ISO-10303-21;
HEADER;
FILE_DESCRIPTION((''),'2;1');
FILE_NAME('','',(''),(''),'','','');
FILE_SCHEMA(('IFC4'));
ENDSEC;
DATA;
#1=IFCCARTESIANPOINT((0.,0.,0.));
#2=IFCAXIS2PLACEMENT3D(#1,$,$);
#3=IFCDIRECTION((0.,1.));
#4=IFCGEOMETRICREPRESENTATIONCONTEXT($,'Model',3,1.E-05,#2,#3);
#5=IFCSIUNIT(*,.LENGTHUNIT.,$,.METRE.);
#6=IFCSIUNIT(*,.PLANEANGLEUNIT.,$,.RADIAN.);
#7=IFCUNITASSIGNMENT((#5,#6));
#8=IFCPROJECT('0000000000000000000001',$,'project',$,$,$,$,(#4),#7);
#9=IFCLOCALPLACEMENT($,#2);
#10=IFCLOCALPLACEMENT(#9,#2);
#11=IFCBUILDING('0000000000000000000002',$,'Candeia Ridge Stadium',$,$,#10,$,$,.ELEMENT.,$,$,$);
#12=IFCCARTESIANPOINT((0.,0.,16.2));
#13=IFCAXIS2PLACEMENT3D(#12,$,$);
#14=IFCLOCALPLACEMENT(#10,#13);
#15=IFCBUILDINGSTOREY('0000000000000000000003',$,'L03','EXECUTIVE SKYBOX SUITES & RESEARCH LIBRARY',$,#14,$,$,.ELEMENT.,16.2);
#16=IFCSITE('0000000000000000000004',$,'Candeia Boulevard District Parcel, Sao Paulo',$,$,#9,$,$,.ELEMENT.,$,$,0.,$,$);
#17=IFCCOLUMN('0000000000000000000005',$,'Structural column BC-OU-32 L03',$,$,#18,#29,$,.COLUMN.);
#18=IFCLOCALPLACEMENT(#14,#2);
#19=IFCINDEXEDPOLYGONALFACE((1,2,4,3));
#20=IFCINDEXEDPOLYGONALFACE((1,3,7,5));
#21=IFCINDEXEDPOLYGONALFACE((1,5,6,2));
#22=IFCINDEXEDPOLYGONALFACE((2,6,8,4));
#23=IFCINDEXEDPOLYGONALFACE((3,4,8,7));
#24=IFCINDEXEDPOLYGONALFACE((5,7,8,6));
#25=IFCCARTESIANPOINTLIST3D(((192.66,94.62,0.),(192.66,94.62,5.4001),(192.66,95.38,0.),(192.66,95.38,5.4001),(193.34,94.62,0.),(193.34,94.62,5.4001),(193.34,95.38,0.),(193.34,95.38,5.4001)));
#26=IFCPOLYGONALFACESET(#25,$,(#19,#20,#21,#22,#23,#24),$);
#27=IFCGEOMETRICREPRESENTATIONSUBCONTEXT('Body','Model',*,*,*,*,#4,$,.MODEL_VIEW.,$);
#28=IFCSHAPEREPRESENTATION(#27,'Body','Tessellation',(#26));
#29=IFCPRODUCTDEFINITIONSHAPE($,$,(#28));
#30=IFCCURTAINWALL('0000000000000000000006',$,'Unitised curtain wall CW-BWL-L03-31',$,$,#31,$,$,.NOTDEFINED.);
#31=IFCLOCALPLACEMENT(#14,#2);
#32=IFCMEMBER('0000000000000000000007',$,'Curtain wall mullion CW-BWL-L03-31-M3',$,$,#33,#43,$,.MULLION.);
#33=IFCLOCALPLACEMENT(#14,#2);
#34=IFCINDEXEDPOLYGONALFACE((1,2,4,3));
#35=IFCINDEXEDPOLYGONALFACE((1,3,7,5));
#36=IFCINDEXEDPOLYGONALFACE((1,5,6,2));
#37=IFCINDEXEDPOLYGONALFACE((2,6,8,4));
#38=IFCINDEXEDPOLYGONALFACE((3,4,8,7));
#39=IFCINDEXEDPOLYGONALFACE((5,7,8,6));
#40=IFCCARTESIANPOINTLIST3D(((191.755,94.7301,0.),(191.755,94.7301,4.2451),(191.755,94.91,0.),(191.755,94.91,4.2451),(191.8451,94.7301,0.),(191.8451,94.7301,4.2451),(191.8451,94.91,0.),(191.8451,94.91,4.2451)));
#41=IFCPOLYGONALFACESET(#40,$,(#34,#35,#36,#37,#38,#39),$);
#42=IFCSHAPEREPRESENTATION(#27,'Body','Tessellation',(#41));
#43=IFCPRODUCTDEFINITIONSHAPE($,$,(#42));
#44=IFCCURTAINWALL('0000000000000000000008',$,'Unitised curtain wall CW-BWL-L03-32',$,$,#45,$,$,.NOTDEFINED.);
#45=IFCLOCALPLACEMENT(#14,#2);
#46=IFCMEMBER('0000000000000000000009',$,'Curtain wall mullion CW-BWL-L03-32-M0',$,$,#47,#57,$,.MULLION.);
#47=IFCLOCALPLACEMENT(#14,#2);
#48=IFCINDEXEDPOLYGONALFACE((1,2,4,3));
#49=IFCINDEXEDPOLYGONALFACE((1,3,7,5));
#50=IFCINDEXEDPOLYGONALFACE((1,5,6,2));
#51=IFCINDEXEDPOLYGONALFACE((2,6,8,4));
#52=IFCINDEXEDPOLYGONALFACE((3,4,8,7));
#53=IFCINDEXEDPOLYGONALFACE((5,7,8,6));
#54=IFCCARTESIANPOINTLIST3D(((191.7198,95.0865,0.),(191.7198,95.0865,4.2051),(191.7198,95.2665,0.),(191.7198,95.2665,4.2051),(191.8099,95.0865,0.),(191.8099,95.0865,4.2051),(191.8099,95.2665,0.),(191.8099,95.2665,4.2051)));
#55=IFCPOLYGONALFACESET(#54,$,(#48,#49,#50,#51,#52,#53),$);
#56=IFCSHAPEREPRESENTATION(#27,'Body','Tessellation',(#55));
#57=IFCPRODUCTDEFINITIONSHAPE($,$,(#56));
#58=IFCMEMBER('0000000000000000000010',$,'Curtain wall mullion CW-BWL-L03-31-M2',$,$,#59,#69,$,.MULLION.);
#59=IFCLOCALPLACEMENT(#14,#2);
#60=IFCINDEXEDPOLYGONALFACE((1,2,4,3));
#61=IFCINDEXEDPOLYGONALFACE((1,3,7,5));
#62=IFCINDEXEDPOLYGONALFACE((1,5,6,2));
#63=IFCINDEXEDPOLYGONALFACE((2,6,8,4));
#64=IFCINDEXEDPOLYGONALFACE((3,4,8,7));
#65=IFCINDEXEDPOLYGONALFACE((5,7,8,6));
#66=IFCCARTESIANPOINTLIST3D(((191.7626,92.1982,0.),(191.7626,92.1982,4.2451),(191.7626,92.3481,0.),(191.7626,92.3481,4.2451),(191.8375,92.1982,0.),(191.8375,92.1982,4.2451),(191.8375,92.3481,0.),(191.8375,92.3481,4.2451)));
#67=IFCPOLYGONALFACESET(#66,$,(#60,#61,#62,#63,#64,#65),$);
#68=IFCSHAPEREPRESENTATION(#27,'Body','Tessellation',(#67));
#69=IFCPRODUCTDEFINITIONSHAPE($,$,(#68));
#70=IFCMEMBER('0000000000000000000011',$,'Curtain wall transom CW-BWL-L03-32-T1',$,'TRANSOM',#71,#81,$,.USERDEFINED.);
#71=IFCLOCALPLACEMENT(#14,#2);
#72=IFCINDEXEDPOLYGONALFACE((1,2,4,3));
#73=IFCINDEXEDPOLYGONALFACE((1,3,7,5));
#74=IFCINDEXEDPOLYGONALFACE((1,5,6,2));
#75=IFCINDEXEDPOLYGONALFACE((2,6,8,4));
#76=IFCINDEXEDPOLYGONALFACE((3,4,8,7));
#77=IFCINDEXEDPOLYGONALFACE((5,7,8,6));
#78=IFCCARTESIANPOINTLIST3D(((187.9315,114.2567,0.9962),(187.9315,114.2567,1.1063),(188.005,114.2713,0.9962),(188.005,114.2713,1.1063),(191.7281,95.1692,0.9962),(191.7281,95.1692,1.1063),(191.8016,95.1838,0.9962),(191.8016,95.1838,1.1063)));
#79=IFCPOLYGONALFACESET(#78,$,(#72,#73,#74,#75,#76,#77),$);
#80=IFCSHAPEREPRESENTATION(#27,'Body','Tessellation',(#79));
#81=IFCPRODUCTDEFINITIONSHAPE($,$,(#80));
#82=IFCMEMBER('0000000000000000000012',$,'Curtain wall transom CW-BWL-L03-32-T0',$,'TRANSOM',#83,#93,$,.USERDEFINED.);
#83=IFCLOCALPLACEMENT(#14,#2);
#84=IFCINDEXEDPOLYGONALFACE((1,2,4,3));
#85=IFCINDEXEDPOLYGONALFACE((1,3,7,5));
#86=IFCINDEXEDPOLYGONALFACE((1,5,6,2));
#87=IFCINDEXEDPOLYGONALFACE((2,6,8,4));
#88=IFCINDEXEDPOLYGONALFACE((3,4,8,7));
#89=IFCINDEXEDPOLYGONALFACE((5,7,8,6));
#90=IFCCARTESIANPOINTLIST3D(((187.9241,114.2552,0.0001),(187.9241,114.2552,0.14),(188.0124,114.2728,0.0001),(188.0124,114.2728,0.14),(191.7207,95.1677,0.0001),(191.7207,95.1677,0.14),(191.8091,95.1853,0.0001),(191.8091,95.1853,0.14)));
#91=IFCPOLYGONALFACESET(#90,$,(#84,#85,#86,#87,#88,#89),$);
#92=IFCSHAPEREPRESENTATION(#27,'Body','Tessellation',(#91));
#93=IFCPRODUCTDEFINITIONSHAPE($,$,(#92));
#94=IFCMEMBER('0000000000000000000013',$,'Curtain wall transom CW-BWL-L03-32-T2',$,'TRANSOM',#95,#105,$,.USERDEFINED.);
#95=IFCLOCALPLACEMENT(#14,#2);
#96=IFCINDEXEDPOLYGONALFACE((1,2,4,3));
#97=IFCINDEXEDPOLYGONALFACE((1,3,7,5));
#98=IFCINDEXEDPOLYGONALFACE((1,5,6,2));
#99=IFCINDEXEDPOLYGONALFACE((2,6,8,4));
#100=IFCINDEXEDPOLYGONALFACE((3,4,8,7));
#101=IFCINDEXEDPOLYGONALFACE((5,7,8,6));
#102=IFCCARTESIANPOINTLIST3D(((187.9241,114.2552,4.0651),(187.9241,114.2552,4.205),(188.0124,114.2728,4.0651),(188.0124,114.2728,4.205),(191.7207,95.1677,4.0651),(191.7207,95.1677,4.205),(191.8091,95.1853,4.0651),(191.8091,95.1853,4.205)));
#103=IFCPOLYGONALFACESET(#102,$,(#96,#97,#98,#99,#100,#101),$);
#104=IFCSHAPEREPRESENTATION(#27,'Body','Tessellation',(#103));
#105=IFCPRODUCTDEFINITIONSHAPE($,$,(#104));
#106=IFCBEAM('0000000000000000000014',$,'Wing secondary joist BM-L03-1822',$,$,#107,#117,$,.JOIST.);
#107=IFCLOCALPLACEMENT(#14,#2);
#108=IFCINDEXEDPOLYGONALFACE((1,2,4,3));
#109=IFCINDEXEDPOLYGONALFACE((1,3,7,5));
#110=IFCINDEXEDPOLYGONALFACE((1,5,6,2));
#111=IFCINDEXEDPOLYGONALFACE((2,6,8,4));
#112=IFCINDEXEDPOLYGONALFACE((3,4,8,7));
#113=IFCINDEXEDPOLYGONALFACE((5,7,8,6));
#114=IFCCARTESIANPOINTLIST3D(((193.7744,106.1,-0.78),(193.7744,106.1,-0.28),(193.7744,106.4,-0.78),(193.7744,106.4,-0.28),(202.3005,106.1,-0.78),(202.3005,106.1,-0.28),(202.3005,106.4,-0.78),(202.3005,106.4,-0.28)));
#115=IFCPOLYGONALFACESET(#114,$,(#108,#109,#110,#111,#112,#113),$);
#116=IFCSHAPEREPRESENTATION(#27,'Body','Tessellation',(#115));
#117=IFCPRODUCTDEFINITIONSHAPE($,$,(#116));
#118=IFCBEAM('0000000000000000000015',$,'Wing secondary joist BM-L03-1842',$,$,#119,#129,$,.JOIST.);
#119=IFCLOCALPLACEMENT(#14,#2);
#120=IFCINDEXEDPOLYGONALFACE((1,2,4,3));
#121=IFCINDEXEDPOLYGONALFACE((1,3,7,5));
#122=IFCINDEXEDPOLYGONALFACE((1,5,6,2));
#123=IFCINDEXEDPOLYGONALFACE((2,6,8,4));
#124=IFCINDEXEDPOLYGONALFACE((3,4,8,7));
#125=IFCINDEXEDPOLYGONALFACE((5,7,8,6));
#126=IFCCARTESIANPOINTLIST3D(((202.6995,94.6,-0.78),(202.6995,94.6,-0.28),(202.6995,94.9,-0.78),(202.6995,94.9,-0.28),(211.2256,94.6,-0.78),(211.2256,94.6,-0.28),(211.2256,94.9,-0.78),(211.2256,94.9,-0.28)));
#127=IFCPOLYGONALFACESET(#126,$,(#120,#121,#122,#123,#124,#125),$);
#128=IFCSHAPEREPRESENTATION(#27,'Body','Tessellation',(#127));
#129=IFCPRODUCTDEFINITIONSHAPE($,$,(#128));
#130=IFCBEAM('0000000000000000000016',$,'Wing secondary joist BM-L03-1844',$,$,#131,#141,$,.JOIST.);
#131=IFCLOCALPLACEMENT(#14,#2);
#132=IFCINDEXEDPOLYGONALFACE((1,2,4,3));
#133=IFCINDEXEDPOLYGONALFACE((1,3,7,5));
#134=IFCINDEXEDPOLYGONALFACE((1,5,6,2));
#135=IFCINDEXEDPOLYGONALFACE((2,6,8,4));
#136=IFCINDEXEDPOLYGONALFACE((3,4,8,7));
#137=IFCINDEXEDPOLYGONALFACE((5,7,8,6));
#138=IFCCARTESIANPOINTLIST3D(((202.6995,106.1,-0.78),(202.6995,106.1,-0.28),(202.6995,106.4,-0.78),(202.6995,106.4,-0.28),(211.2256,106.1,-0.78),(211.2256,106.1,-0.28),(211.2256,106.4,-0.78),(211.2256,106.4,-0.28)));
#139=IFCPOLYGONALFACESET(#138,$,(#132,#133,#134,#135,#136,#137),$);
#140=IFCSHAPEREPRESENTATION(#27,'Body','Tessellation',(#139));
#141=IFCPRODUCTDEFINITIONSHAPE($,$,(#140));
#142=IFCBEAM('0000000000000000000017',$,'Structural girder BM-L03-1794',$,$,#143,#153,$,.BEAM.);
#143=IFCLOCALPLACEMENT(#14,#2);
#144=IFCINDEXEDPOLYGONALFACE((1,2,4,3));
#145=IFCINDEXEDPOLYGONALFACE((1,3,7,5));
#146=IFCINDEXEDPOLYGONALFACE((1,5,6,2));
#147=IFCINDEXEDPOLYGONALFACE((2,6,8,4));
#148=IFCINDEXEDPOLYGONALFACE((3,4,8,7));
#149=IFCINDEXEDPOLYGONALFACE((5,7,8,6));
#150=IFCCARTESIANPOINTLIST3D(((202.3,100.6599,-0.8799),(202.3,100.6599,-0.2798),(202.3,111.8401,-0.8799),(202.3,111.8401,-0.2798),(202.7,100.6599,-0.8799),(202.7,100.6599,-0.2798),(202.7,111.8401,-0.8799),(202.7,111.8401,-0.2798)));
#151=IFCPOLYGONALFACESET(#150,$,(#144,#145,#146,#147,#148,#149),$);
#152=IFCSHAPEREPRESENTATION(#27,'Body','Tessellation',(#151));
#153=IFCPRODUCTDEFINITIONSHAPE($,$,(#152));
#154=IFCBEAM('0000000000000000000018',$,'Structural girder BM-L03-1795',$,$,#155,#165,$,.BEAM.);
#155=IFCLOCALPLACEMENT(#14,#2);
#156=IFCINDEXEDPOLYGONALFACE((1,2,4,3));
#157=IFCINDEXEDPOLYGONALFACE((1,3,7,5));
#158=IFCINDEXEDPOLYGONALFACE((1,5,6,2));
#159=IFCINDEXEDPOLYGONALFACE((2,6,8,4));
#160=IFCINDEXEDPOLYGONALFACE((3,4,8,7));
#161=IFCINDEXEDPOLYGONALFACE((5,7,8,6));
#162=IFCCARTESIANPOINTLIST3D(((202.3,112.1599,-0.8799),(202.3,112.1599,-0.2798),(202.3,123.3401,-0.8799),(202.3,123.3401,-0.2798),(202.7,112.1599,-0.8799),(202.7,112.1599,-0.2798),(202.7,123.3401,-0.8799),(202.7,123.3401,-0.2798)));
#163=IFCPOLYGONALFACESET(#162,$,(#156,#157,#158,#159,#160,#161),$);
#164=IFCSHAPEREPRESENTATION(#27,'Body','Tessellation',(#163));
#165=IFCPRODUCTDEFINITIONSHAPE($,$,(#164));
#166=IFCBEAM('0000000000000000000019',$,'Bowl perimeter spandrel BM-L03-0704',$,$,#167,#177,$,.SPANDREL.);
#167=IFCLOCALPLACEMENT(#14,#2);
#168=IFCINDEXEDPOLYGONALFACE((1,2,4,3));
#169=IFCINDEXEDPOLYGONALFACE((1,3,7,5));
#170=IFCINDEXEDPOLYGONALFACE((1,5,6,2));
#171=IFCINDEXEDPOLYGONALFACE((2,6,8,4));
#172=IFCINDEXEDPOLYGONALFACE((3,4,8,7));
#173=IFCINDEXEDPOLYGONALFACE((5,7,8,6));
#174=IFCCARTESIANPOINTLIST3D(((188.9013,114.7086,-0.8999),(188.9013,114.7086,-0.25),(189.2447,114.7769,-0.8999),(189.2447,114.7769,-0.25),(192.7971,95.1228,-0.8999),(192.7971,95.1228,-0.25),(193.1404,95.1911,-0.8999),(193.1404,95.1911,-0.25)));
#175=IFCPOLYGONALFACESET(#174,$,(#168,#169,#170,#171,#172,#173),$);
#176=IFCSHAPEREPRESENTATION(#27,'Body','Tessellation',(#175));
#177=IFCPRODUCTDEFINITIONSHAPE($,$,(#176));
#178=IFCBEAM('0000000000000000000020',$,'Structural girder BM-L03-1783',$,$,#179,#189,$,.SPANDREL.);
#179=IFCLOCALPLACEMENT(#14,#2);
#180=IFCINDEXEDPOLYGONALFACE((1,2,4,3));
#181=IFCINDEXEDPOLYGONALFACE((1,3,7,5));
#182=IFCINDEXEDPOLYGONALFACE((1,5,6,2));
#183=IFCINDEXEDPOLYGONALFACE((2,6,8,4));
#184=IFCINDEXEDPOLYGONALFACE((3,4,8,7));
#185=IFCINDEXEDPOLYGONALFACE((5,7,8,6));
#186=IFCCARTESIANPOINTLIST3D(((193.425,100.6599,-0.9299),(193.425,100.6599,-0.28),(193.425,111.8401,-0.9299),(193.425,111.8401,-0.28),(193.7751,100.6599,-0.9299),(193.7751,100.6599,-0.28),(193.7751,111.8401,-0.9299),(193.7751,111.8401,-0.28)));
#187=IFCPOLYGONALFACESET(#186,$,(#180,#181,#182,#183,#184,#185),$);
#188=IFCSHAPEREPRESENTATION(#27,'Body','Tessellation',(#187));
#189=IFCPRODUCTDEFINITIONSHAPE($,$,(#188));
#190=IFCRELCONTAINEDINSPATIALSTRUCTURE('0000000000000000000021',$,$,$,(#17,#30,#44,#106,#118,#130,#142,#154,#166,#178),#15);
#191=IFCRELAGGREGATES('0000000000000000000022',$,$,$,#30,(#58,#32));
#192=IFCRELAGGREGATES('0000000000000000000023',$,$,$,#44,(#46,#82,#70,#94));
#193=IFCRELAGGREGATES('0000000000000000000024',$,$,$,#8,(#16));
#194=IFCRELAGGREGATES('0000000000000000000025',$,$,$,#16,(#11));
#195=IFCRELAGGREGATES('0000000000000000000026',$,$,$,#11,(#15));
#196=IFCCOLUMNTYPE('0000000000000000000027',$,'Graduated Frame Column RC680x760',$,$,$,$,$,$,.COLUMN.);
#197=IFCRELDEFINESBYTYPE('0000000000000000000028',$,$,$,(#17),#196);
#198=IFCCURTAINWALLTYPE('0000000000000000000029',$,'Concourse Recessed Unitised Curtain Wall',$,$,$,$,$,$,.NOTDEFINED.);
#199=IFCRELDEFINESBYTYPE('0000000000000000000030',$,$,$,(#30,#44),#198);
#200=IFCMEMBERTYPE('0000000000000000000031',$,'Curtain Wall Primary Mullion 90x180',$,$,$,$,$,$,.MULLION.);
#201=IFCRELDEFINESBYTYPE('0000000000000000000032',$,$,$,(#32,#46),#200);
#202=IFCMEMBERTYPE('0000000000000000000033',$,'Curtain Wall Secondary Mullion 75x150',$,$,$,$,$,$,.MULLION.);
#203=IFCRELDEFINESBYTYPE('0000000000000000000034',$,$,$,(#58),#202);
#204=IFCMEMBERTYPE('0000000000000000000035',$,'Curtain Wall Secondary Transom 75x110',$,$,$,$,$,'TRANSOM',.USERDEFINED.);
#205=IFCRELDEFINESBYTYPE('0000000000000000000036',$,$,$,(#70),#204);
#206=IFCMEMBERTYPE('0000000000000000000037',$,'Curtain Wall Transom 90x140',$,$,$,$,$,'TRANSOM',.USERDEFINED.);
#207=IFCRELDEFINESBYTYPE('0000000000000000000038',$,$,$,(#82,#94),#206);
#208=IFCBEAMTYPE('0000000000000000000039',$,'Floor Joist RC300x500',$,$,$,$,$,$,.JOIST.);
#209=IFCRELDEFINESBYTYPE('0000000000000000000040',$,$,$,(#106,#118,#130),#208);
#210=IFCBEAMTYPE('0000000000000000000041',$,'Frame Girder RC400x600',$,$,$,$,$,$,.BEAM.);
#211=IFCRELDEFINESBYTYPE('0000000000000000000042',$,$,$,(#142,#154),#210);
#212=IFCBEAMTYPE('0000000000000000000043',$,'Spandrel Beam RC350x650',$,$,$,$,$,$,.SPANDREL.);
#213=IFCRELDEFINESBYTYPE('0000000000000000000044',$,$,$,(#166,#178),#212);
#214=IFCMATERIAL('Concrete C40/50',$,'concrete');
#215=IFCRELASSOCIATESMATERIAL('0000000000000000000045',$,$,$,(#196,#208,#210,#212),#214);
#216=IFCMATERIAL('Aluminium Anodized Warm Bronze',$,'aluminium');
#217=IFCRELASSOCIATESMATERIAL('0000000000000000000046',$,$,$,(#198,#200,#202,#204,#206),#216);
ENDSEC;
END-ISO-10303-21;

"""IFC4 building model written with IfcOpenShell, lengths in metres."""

from ifc_helpers import new_model, si_unit, direction, frame, origin, origin_2d, place, context, subcontext, project, spatial, rectangle, extrude, material, material_profile, profile_set, type_object, element, aggregate, save


model = new_model("IFC4")

# Units and contexts
model_context = context("Model", 3, precision=1e-05, world=origin(), true_north=direction((0.0, 1.0)))
body_context = subcontext(model_context, "Body", "Model", "MODEL_VIEW")
ifc_project = project(units=[si_unit("LENGTHUNIT", "METRE"), si_unit("PLANEANGLEUNIT", "RADIAN")], contexts=[model_context])

# Site, building, storey
site_placement = place(None, origin())
site = spatial("IfcSite", under=ifc_project, at=site_placement, Name="Candeia Boulevard District Parcel, Sao Paulo", CompositionType="ELEMENT", RefElevation=0.0)
building_placement = place(site_placement, origin())
building = spatial("IfcBuilding", under=site, at=building_placement, Name="Candeia Ridge Stadium", CompositionType="ELEMENT")
storey_placement = place(building_placement, frame((0.0, 0.0, 16.2)))
storey = spatial("IfcBuildingStorey", under=building, at=storey_placement, Name="L03", Description="EXECUTIVE SKYBOX SUITES & RESEARCH LIBRARY", CompositionType="ELEMENT", Elevation=16.2)

# Column
ifc_material_1 = material(Name="Concrete C40/50", Category="concrete")
ifc_material_profile_1 = material_profile(ifc_material_1, rectangle(XDim=0.6799, YDim=0.76, at=origin_2d()), Name="RC680x760", Category="concrete")
ifc_profile_set_1 = profile_set([ifc_material_profile_1], Name="Concrete C40/50")
column_type = type_object("IfcColumnType", Name="Graduated Frame Column RC680x760", PredefinedType="COLUMN", material=ifc_profile_set_1)
column_placement = place(storey_placement, frame((193.0, 95.0, 0.0), z_axis=(0.0, 0.0, 1.0), x_axis=(1.0, 0.0, 0.0)))
element("IfcColumn", 1, at=column_placement, inside=storey, type_object=column_type, Name="Structural column BC-OU-32 L03", PredefinedType="COLUMN", context=body_context, shape_type="SweptSolid", body=[
    extrude(rectangle(XDim=0.6799, YDim=0.76, at=origin_2d()), origin(), (0.0, 0.0, 1.0), 5.4001),
])

# Curtain walls, members
ifc_material_2 = material(Name="Aluminium Anodized Warm Bronze", Category="aluminium")
curtain_wall_type = type_object("IfcCurtainWallType", Name="Concourse Recessed Unitised Curtain Wall", PredefinedType="NOTDEFINED", material=ifc_material_2)
curtain_wall_1_placement = place(storey_placement, origin())
curtain_wall_1 = element("IfcCurtainWall", 2, at=curtain_wall_1_placement, inside=storey, type_object=curtain_wall_type, Name="Unitised curtain wall CW-BWL-L03-31", PredefinedType="NOTDEFINED")
ifc_material_profile_2 = material_profile(ifc_material_2, rectangle(XDim=0.0901, YDim=0.1799, at=origin_2d()), Name="CWM-90x180", Category="aluminium")
ifc_profile_set_2 = profile_set([ifc_material_profile_2], Name="Aluminium Anodized Warm Bronze")
member_type_1 = type_object("IfcMemberType", Name="Curtain Wall Primary Mullion 90x180", PredefinedType="MULLION", material=ifc_profile_set_2)
member_1_placement = place(storey_placement, frame((191.8, 94.8201, 0.0), z_axis=(0.0, 0.0, 1.0), x_axis=(1.0, 0.0, 0.0)))
member_1 = element("IfcMember", 3, at=member_1_placement, type_object=member_type_1, Name="Curtain wall mullion CW-BWL-L03-31-M3", PredefinedType="MULLION", context=body_context, shape_type="SweptSolid", body=[
    extrude(rectangle(XDim=0.0901, YDim=0.1799, at=origin_2d()), origin(), (0.0, 0.0, 1.0), 4.2451),
])
curtain_wall_2_placement = place(storey_placement, origin())
curtain_wall_2 = element("IfcCurtainWall", 4, at=curtain_wall_2_placement, inside=storey, type_object=curtain_wall_type, Name="Unitised curtain wall CW-BWL-L03-32", PredefinedType="NOTDEFINED")
member_2_placement = place(storey_placement, frame((191.7649, 95.1765, 0.0), z_axis=(0.0, 0.0, 1.0), x_axis=(1.0, 0.0, 0.0)))
member_2 = element("IfcMember", 5, at=member_2_placement, type_object=member_type_1, Name="Curtain wall mullion CW-BWL-L03-32-M0", PredefinedType="MULLION", context=body_context, shape_type="SweptSolid", body=[
    extrude(rectangle(XDim=0.0901, YDim=0.1799, at=origin_2d()), origin(), (0.0, 0.0, 1.0), 4.2051),
])

# Members
ifc_material_profile_3 = material_profile(ifc_material_2, rectangle(XDim=0.075, YDim=0.1499, at=origin_2d()), Name="CWM-75x150", Category="aluminium")
ifc_profile_set_3 = profile_set([ifc_material_profile_3], Name="Aluminium Anodized Warm Bronze")
member_type_2 = type_object("IfcMemberType", Name="Curtain Wall Secondary Mullion 75x150", PredefinedType="MULLION", material=ifc_profile_set_3)
member_3_placement = place(storey_placement, frame((191.8, 92.2732, 0.0), z_axis=(0.0, 0.0, 1.0), x_axis=(1.0, 0.0, 0.0)))
member_3 = element("IfcMember", 6, at=member_3_placement, type_object=member_type_2, Name="Curtain wall mullion CW-BWL-L03-31-M2", PredefinedType="MULLION", context=body_context, shape_type="SweptSolid", body=[
    extrude(rectangle(XDim=0.075, YDim=0.1499, at=origin_2d()), origin(), (0.0, 0.0, 1.0), 4.2451),
])
ifc_material_profile_4 = material_profile(ifc_material_2, rectangle(XDim=0.075, YDim=0.1101, at=origin_2d()), Name="CWT-75x110", Category="aluminium")
ifc_profile_set_4 = profile_set([ifc_material_profile_4], Name="Aluminium Anodized Warm Bronze")
member_type_3 = type_object("IfcMemberType", Name="Curtain Wall Secondary Transom 75x110", ElementType="TRANSOM", PredefinedType="USERDEFINED", material=ifc_profile_set_4)
member_4_placement = place(storey_placement, frame((191.7649, 95.1765, 1.0513), z_axis=(-0.195086, 0.980786, 0.0), x_axis=(-0.980786, -0.195086, 0.0)))
member_4 = element("IfcMember", 7, at=member_4_placement, type_object=member_type_3, Name="Curtain wall transom CW-BWL-L03-32-T1", ObjectType="TRANSOM", PredefinedType="USERDEFINED", context=body_context, shape_type="SweptSolid", body=[
    extrude(rectangle(XDim=0.075, YDim=0.1101, at=origin_2d()), origin(), (0.0, 0.0, 1.0), 19.4614),
])
ifc_material_profile_5 = material_profile(ifc_material_2, rectangle(XDim=0.0901, YDim=0.1399, at=origin_2d()), Name="CWT-90x140", Category="aluminium")
ifc_profile_set_5 = profile_set([ifc_material_profile_5], Name="Aluminium Anodized Warm Bronze")
member_type_4 = type_object("IfcMemberType", Name="Curtain Wall Transom 90x140", ElementType="TRANSOM", PredefinedType="USERDEFINED", material=ifc_profile_set_5)
member_5_placement = place(storey_placement, frame((191.7649, 95.1765, 0.0701), z_axis=(-0.195086, 0.980786, 0.0), x_axis=(-0.980786, -0.195086, 0.0)))
member_5 = element("IfcMember", 8, at=member_5_placement, type_object=member_type_4, Name="Curtain wall transom CW-BWL-L03-32-T0", ObjectType="TRANSOM", PredefinedType="USERDEFINED", context=body_context, shape_type="SweptSolid", body=[
    extrude(rectangle(XDim=0.0901, YDim=0.1399, at=origin_2d()), origin(), (0.0, 0.0, 1.0), 19.4614),
])
member_6_placement = place(storey_placement, frame((191.7649, 95.1765, 4.135), z_axis=(-0.195086, 0.980786, 0.0), x_axis=(-0.980786, -0.195086, 0.0)))
member_6 = element("IfcMember", 9, at=member_6_placement, type_object=member_type_4, Name="Curtain wall transom CW-BWL-L03-32-T2", ObjectType="TRANSOM", PredefinedType="USERDEFINED", context=body_context, shape_type="SweptSolid", body=[
    extrude(rectangle(XDim=0.0901, YDim=0.1399, at=origin_2d()), origin(), (0.0, 0.0, 1.0), 19.4614),
])

# Beams
ifc_material_profile_6 = material_profile(ifc_material_1, rectangle(XDim=0.3, YDim=0.5, at=origin_2d()), Name="RC300x500", Category="concrete")
ifc_profile_set_6 = profile_set([ifc_material_profile_6], Name="Concrete C40/50")
beam_type_1 = type_object("IfcBeamType", Name="Floor Joist RC300x500", PredefinedType="JOIST", material=ifc_profile_set_6)
for number, where, z_axis, x_axis, name in (
    (10, (193.7744, 106.25, -0.53), (1.0, 0.0, 0.0), (0.0, 1.0, 0.0), "Wing secondary joist BM-L03-1822"),
    (11, (202.6995, 94.75, -0.53), (1.0, 0.0, 0.0), (0.0, 1.0, 0.0), "Wing secondary joist BM-L03-1842"),
    (12, (202.6995, 106.25, -0.53), (1.0, 0.0, 0.0), (0.0, 1.0, 0.0), "Wing secondary joist BM-L03-1844"),
):
    element("IfcBeam", number, at=place(storey_placement, frame(where, z_axis=z_axis, x_axis=x_axis)), inside=storey, type_object=beam_type_1, Name=name, PredefinedType="JOIST", context=body_context, shape_type="SweptSolid", body=[
        extrude(rectangle(XDim=0.3, YDim=0.5, at=origin_2d()), origin(), (0.0, 0.0, 1.0), 8.5261),
    ])
ifc_material_profile_7 = material_profile(ifc_material_1, rectangle(XDim=0.3999, YDim=0.6001, at=origin_2d()), Name="RC400x600", Category="concrete")
ifc_profile_set_7 = profile_set([ifc_material_profile_7], Name="Concrete C40/50")
beam_type_2 = type_object("IfcBeamType", Name="Frame Girder RC400x600", PredefinedType="BEAM", material=ifc_profile_set_7)
for number, where, z_axis, x_axis, name in (
    (13, (202.5, 100.6599, -0.5798), (0.0, 1.0, 0.0), (-1.0, 0.0, 0.0), "Structural girder BM-L03-1794"),
    (14, (202.5, 112.1599, -0.5798), (0.0, 1.0, 0.0), (-1.0, 0.0, 0.0), "Structural girder BM-L03-1795"),
):
    element("IfcBeam", number, at=place(storey_placement, frame(where, z_axis=z_axis, x_axis=x_axis)), inside=storey, type_object=beam_type_2, Name=name, PredefinedType="BEAM", context=body_context, shape_type="SweptSolid", body=[
        extrude(rectangle(XDim=0.3999, YDim=0.6001, at=origin_2d()), origin(), (0.0, 0.0, 1.0), 11.1802),
    ])
ifc_material_profile_8 = material_profile(ifc_material_1, rectangle(XDim=0.3501, YDim=0.6499, at=origin_2d()), Name="RC350x650", Category="concrete")
ifc_profile_set_8 = profile_set([ifc_material_profile_8], Name="Concrete C40/50")
beam_type_3 = type_object("IfcBeamType", Name="Spandrel Beam RC350x650", PredefinedType="SPANDREL", material=ifc_profile_set_8)
beam_placement = place(storey_placement, frame((192.9688, 95.157, -0.575), z_axis=(-0.195086, 0.980786, 0.0), x_axis=(-0.980786, -0.195086, 0.0)))
element("IfcBeam", 15, at=beam_placement, inside=storey, type_object=beam_type_3, Name="Bowl perimeter spandrel BM-L03-0704", PredefinedType="SPANDREL", context=body_context, shape_type="SweptSolid", body=[
    extrude(rectangle(XDim=0.3501, YDim=0.6499, at=origin_2d()), origin(), (0.0, 0.0, 1.0), 19.9695),
])
for number, where, z_axis, x_axis, name in (
    (16, (193.6001, 100.6599, -0.605), (0.0, 1.0, 0.0), (-1.0, 0.0, 0.0), "Structural girder BM-L03-1783"),
):
    element("IfcBeam", number, at=place(storey_placement, frame(where, z_axis=z_axis, x_axis=x_axis)), inside=storey, type_object=beam_type_3, Name=name, PredefinedType="SPANDREL", context=body_context, shape_type="SweptSolid", body=[
        extrude(rectangle(XDim=0.3501, YDim=0.6499, at=origin_2d()), origin(), (0.0, 0.0, 1.0), 11.1802),
    ])

aggregate(curtain_wall_1, [member_3, member_1])
aggregate(curtain_wall_2, [member_2, member_5, member_4, member_6])

save(model, "model.ifc")
